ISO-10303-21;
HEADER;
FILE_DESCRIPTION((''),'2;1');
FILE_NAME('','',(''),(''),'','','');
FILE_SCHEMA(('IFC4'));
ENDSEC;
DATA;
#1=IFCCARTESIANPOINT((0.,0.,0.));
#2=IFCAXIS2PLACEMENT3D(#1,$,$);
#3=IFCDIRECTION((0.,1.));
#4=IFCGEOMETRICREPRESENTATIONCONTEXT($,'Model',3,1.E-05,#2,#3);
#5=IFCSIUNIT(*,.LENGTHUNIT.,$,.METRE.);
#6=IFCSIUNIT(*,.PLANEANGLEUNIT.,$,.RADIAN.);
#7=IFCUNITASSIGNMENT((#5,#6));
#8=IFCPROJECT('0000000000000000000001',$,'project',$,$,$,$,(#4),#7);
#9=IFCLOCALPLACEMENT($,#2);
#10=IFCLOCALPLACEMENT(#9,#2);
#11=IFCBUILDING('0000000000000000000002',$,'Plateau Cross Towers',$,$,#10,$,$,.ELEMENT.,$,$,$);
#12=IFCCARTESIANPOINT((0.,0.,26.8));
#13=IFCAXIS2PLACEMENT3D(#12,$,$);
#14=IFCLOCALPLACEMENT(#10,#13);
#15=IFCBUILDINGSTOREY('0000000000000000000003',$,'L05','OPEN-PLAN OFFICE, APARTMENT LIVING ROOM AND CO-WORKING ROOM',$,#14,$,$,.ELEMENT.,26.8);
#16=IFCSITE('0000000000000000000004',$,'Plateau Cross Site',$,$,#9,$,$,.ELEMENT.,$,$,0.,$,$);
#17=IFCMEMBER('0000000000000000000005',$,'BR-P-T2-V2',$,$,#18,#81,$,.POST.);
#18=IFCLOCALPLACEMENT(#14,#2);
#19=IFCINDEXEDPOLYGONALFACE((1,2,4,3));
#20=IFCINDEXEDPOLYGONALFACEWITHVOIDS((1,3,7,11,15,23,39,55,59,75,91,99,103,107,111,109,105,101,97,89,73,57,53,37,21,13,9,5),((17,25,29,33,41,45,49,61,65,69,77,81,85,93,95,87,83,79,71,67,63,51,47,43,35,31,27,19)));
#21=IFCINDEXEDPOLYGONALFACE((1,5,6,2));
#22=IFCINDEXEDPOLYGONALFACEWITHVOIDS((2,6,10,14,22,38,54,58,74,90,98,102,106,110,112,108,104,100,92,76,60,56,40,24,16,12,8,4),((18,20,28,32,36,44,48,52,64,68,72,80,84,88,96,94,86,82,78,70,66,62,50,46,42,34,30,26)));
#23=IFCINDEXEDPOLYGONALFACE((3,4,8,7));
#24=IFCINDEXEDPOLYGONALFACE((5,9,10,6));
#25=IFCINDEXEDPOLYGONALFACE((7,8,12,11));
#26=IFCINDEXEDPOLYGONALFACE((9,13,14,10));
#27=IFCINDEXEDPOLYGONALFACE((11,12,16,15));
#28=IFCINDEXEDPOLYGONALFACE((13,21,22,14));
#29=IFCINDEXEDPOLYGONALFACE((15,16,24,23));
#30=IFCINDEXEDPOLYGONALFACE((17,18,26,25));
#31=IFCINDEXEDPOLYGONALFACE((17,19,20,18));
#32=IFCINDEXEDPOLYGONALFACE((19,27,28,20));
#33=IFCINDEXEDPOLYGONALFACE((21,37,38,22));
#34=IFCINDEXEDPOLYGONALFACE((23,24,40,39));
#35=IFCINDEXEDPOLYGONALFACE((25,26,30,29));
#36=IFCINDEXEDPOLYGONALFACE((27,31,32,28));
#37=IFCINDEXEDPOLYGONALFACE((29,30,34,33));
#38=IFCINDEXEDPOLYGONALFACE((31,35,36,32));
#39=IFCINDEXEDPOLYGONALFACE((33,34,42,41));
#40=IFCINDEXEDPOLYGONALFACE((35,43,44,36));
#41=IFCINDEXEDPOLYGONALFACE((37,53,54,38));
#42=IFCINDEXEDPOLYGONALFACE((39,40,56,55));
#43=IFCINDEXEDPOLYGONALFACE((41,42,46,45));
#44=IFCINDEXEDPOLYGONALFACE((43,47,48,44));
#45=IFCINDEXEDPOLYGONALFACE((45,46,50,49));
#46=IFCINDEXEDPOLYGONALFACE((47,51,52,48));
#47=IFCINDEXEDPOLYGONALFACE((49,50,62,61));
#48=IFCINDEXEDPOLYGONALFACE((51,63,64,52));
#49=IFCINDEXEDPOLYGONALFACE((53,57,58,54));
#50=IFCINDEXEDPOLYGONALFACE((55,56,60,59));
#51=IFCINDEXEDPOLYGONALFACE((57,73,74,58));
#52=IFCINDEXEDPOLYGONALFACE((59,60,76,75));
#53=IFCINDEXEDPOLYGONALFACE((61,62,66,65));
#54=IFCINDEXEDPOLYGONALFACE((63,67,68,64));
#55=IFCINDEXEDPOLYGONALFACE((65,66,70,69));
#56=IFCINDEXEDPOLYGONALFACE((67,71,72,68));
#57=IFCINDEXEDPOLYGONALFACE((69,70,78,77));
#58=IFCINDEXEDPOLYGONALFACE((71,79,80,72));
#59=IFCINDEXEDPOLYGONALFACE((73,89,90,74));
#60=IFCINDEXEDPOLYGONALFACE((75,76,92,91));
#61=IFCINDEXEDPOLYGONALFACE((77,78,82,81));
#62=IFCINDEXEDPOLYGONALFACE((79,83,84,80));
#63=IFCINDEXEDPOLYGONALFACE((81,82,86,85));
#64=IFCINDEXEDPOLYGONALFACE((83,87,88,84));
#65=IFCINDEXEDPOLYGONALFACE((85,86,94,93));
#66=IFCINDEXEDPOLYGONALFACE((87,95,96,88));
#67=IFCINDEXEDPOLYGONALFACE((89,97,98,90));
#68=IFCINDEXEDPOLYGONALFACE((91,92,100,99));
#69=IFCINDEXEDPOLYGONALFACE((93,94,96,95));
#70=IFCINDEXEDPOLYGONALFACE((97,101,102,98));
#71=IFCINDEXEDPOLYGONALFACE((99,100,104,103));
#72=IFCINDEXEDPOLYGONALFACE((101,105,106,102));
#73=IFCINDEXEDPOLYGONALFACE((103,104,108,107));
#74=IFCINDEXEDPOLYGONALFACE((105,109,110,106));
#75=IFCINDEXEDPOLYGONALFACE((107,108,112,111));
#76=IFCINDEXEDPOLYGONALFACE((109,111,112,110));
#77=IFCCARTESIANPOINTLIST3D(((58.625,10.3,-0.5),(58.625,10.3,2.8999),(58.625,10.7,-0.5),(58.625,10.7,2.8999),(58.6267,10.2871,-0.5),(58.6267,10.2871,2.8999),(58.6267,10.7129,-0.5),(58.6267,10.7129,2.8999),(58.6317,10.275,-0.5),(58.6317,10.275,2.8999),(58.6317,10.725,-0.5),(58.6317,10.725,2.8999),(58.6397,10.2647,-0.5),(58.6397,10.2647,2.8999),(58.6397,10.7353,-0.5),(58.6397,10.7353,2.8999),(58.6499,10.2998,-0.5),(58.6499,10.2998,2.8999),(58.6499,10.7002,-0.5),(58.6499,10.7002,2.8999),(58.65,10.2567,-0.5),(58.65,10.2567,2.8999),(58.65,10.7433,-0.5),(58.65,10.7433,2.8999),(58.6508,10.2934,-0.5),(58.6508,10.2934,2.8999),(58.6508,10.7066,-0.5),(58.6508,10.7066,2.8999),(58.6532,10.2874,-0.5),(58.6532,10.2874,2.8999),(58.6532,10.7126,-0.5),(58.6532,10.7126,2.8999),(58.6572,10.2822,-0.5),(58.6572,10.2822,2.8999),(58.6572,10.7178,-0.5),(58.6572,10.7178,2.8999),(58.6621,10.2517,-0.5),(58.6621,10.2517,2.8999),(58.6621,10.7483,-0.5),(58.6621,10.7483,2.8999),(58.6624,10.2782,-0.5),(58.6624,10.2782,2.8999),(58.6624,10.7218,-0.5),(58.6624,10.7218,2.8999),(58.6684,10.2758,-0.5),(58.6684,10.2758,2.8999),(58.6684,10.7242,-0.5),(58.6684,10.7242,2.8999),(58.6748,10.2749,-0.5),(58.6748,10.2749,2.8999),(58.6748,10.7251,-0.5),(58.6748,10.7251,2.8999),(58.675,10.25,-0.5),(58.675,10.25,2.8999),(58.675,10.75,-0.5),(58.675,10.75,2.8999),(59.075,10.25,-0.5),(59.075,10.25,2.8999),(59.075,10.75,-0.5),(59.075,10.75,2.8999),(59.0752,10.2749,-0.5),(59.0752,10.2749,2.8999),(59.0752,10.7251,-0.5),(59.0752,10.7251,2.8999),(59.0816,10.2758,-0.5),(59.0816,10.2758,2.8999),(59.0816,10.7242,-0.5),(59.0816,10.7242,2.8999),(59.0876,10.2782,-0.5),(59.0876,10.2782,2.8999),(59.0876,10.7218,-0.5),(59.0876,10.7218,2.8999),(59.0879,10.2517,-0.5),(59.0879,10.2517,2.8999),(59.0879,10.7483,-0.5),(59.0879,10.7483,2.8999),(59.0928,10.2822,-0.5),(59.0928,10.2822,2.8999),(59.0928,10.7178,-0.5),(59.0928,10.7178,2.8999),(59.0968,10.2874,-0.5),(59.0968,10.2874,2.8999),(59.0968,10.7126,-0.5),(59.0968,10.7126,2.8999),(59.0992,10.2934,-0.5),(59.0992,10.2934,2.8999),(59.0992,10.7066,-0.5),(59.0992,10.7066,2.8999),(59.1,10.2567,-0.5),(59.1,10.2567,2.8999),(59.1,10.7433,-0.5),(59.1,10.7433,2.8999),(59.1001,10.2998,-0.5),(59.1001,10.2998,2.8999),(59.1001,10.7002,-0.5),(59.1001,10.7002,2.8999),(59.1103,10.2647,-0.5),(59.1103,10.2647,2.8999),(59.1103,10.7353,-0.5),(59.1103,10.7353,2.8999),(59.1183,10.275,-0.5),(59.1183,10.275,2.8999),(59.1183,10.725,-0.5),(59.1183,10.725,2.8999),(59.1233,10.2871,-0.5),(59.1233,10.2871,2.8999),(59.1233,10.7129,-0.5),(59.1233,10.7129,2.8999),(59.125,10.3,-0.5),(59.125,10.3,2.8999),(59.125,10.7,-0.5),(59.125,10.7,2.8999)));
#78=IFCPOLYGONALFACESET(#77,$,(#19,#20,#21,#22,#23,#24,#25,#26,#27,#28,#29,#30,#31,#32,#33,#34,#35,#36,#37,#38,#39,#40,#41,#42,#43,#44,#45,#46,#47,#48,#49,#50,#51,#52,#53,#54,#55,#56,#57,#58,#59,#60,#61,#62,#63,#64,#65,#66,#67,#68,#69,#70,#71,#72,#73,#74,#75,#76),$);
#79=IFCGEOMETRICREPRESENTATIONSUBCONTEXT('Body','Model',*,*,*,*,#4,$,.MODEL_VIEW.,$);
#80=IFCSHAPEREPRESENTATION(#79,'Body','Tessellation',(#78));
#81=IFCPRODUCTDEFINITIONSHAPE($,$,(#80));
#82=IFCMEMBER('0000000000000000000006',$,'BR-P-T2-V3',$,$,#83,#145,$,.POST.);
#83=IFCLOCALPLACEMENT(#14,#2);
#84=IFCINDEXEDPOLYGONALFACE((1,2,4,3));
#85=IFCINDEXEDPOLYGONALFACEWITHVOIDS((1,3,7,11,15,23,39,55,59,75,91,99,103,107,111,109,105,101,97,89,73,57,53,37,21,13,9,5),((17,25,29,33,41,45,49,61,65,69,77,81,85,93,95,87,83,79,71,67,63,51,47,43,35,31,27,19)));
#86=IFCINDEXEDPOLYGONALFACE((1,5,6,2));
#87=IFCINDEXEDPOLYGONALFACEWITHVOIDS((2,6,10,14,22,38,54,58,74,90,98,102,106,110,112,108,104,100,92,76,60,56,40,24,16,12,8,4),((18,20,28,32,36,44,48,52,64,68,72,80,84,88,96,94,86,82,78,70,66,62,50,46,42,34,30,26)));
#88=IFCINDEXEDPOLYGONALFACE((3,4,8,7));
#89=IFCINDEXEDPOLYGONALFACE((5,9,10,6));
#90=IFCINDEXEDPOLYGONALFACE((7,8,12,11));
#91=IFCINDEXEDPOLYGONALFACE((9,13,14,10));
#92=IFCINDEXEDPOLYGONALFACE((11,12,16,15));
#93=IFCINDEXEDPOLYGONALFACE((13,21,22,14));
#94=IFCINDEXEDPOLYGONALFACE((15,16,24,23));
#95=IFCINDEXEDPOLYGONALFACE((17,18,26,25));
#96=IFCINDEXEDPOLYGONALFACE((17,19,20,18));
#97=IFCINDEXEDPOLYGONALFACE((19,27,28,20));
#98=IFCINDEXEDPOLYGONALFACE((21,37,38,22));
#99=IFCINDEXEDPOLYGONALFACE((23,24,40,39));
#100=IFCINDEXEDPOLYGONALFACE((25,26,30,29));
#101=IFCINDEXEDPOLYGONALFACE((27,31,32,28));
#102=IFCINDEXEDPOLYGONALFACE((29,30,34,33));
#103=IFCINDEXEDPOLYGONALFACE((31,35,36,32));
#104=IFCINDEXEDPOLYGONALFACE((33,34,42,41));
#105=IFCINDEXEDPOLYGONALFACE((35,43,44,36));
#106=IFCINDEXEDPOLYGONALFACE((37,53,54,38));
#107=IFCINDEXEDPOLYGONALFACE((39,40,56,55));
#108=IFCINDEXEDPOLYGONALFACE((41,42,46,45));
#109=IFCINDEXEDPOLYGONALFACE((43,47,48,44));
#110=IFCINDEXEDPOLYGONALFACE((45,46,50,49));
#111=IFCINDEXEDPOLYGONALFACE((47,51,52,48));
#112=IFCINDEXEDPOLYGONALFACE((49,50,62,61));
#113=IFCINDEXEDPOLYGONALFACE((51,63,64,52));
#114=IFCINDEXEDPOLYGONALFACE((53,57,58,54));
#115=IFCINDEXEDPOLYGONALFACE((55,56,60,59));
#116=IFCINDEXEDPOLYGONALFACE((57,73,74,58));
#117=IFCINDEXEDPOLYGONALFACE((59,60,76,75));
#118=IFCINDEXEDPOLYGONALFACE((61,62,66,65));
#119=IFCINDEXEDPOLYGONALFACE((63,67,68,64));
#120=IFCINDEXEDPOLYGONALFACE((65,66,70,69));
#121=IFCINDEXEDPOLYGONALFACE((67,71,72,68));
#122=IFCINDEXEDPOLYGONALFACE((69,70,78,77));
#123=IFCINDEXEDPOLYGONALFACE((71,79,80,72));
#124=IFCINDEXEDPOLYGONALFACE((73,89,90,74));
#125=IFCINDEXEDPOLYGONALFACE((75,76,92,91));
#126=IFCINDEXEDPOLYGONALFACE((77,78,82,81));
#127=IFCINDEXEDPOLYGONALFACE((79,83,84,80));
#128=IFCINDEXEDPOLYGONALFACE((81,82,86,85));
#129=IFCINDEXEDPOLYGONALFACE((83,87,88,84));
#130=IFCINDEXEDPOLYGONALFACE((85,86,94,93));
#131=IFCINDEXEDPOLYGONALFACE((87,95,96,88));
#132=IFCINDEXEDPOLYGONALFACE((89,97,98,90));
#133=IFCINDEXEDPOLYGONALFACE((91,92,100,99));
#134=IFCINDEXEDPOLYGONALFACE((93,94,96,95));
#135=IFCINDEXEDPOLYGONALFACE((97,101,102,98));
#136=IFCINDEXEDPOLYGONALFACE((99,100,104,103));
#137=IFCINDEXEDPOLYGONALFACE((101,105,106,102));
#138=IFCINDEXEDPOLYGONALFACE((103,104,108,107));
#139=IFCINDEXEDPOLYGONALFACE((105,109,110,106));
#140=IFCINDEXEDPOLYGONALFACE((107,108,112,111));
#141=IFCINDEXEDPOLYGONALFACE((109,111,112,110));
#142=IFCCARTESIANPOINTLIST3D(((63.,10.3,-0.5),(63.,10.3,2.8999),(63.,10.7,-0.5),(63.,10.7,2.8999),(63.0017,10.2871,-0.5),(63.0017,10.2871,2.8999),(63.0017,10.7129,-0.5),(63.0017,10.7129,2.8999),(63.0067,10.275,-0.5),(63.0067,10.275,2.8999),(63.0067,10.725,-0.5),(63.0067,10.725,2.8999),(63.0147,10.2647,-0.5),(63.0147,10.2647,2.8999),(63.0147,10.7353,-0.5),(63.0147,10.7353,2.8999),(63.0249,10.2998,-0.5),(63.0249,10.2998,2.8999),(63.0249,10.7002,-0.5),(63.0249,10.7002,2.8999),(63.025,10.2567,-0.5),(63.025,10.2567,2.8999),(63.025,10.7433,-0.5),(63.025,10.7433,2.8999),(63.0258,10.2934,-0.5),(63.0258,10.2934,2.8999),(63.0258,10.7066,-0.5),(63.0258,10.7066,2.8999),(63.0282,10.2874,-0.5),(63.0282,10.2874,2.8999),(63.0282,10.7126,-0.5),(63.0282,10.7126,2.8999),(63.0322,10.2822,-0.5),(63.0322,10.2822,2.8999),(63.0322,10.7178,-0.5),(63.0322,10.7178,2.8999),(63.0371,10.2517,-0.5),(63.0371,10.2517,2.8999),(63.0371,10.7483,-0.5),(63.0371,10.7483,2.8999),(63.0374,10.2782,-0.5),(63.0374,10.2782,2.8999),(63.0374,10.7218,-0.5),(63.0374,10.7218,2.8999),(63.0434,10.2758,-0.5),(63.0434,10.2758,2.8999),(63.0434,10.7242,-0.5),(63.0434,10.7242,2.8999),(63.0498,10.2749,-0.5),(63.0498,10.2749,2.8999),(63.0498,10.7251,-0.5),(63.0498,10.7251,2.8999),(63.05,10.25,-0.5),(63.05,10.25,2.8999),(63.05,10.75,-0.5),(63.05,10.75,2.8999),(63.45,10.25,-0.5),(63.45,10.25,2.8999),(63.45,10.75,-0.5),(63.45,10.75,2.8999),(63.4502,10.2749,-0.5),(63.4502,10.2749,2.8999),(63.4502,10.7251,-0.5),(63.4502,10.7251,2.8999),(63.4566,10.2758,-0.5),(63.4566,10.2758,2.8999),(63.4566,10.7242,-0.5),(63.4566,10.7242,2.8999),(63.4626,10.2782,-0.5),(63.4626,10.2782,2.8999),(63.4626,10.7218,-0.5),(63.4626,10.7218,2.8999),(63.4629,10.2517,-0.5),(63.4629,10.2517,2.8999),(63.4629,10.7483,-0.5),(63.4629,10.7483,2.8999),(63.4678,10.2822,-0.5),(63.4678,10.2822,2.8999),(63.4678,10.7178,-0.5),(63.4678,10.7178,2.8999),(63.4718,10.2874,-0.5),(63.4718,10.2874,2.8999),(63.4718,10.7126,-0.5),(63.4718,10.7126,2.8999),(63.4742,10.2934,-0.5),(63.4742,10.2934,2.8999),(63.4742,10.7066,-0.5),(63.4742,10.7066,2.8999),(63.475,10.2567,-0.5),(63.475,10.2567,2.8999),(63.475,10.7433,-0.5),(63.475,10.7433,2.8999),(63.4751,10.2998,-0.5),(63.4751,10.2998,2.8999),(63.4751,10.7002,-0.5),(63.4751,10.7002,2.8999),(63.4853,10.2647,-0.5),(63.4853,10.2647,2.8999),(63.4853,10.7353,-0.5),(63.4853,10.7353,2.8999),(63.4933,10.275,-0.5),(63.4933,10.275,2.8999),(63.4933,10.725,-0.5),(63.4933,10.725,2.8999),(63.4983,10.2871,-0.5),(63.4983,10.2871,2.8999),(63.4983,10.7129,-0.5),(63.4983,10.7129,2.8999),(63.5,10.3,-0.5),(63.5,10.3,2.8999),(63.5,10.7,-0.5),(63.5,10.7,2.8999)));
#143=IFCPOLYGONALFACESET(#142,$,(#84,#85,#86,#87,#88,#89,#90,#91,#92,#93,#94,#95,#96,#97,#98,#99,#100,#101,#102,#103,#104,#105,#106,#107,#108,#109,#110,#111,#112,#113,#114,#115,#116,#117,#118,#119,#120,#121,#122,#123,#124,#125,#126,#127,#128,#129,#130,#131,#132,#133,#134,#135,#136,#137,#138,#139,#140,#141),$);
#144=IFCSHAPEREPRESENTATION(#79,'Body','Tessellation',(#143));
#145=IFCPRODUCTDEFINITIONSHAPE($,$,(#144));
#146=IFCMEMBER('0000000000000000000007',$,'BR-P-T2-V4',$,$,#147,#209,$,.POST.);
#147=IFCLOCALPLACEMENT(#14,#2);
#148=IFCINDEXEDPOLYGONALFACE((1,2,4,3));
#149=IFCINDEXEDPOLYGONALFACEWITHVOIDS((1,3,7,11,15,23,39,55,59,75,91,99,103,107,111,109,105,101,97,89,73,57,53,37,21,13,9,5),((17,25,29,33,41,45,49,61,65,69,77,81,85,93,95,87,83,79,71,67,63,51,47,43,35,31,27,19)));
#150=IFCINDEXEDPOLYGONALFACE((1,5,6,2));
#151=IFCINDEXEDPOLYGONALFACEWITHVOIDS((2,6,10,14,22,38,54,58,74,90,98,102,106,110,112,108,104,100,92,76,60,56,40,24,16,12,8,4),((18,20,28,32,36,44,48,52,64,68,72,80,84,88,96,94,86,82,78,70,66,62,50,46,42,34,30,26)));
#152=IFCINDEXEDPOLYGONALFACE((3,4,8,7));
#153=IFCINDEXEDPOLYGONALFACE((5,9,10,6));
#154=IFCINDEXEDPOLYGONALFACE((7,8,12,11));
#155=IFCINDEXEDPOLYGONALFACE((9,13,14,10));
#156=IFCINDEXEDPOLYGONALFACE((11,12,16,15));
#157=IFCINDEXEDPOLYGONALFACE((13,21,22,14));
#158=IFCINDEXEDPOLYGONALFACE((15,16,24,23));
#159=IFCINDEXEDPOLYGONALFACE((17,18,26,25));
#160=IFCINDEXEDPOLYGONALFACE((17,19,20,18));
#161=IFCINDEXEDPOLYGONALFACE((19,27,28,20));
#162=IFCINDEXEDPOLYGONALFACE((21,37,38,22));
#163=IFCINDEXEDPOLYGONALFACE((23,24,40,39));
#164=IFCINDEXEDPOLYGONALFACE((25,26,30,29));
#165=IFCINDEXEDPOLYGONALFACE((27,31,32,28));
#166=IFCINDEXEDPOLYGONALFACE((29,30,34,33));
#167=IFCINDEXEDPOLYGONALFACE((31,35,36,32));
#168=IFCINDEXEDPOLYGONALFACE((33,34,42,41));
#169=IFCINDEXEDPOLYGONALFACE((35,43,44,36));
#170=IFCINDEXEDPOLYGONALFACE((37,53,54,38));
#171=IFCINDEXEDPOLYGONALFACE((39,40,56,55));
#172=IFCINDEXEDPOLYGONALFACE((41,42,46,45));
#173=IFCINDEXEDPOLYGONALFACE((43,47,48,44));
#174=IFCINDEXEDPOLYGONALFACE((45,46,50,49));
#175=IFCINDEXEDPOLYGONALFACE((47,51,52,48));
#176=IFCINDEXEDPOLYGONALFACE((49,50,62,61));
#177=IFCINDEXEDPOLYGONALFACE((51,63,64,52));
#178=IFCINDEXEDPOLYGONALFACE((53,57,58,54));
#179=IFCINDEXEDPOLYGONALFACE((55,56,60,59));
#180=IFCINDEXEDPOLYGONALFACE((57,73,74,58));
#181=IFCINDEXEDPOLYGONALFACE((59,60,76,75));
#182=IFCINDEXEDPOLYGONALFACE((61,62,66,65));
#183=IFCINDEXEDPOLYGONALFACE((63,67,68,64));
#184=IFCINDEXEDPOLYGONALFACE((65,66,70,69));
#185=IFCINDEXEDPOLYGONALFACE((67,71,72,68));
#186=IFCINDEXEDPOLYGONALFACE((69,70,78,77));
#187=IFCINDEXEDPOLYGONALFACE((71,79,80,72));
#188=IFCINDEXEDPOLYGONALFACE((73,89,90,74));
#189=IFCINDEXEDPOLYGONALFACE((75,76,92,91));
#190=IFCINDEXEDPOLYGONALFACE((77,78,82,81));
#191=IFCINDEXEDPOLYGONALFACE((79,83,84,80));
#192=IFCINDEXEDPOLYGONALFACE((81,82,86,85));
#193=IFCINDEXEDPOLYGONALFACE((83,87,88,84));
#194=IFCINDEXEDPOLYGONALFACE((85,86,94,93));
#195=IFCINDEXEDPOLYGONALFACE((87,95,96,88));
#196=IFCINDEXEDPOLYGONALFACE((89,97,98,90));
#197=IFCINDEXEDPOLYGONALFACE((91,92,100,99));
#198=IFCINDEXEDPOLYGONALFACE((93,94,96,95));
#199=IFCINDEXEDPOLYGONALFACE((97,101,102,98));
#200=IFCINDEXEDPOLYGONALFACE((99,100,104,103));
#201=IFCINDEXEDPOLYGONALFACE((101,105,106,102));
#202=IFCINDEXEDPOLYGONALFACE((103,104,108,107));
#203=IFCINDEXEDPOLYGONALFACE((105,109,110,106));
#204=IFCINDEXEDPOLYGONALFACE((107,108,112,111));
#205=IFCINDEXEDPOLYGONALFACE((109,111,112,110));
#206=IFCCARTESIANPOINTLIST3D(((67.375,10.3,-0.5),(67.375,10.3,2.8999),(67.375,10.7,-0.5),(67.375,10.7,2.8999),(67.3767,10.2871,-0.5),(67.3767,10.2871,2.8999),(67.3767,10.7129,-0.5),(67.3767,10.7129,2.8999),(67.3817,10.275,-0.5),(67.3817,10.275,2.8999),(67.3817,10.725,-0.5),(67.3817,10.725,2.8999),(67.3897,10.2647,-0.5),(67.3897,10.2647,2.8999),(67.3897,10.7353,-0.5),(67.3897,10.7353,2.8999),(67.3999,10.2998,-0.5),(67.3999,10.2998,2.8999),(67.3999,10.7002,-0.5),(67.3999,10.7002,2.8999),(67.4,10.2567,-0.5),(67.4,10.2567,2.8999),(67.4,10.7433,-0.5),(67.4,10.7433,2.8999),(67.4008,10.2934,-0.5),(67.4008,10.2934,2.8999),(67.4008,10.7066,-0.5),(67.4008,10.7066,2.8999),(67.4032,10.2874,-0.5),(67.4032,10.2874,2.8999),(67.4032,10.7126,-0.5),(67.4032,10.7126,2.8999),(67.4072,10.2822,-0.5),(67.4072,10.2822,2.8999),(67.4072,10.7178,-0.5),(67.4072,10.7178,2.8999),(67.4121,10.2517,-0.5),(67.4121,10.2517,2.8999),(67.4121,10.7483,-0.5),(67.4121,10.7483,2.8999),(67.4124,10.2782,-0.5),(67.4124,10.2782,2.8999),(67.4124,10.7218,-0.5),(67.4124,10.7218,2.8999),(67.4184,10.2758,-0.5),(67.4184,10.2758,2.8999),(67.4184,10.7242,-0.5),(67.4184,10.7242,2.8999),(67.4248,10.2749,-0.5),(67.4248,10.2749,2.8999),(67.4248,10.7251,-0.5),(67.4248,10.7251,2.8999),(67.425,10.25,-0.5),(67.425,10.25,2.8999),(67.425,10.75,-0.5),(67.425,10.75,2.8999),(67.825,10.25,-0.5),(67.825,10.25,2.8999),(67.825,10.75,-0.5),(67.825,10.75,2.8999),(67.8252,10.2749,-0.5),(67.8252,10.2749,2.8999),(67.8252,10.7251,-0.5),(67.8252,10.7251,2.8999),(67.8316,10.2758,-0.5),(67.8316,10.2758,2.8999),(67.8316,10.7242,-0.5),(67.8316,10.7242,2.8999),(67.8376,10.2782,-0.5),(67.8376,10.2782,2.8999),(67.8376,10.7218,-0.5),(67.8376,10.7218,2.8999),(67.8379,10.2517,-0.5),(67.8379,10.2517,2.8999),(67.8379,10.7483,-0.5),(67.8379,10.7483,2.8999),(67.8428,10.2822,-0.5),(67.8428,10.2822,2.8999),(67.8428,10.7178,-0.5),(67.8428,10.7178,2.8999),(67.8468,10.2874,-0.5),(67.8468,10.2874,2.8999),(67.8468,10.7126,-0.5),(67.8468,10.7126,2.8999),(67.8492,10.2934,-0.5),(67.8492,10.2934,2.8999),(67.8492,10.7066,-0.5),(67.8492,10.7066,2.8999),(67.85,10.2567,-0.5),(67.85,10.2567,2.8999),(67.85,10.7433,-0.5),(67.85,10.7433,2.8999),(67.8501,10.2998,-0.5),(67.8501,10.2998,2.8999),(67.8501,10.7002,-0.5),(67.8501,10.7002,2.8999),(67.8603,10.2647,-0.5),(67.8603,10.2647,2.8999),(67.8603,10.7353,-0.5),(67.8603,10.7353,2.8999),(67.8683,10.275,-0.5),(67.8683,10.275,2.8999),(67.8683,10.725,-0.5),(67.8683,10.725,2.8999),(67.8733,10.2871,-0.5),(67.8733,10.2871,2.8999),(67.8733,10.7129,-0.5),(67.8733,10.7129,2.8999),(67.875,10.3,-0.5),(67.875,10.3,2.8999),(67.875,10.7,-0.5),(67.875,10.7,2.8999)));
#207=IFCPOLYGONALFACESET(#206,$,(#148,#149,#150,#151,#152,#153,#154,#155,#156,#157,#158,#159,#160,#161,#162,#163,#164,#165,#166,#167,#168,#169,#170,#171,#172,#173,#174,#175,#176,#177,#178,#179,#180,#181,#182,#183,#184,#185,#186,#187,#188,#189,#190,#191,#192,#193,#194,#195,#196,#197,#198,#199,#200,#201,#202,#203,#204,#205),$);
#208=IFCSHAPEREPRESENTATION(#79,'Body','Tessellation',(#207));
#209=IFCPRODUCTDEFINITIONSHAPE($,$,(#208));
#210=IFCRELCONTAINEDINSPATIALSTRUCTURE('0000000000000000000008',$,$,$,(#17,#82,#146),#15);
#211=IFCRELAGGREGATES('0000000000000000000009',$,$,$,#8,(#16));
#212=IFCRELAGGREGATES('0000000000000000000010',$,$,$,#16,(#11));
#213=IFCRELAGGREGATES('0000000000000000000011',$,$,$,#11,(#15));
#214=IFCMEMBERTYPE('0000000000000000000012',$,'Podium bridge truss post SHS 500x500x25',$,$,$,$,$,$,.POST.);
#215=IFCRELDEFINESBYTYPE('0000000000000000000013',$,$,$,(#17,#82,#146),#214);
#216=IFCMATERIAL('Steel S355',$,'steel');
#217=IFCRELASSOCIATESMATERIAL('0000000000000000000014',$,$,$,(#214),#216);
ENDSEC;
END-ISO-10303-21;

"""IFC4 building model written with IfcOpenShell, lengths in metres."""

from ifc_helpers import new_model, si_unit, direction, frame, origin, origin_2d, place, context, subcontext, project, spatial, hollow_rectangle, extrude, material, material_profile, profile_set, type_object, element, save


model = new_model("IFC4")

# Units and contexts
model_context = context("Model", 3, precision=1e-05, world=origin(), true_north=direction((0.0, 1.0)))
body_context = subcontext(model_context, "Body", "Model", "MODEL_VIEW")
ifc_project = project(units=[si_unit("LENGTHUNIT", "METRE"), si_unit("PLANEANGLEUNIT", "RADIAN")], contexts=[model_context])

# Site, building, storey
site_placement = place(None, origin())
site = spatial("IfcSite", under=ifc_project, at=site_placement, Name="Plateau Cross Site", CompositionType="ELEMENT", RefElevation=0.0)
building_placement = place(site_placement, origin())
building = spatial("IfcBuilding", under=site, at=building_placement, Name="Plateau Cross Towers", CompositionType="ELEMENT")
storey_placement = place(building_placement, frame((0.0, 0.0, 26.8)))
storey = spatial("IfcBuildingStorey", under=building, at=storey_placement, Name="L05", Description="OPEN-PLAN OFFICE, APARTMENT LIVING ROOM AND CO-WORKING ROOM", CompositionType="ELEMENT", Elevation=26.8)

# Shared definitions
ifc_material_1 = material(Name="Steel S355", Category="steel")

# Members
ifc_material_profile_1 = material_profile(ifc_material_1, hollow_rectangle(XDim=0.5, YDim=0.5, WallThickness=0.0249, InnerFilletRadius=0.0249, OuterFilletRadius=0.05, at=origin_2d()), Name="SHS 500x500x25")
ifc_profile_set_1 = profile_set([ifc_material_profile_1], Name="Steel S355")
member_type_1 = type_object("IfcMemberType", Name="Podium bridge truss post SHS 500x500x25", PredefinedType="POST", material=ifc_profile_set_1)
for number, where, z_axis, x_axis, name in (
    (1, (58.875, 10.5, -0.5), (0.0, 0.0, 1.0), (1.0, 0.0, 0.0), "BR-P-T2-V2"),
    (2, (63.25, 10.5, -0.5), (0.0, 0.0, 1.0), (1.0, 0.0, 0.0), "BR-P-T2-V3"),
    (3, (67.625, 10.5, -0.5), (0.0, 0.0, 1.0), (1.0, 0.0, 0.0), "BR-P-T2-V4"),
):
    element("IfcMember", number, at=place(storey_placement, frame(where, z_axis=z_axis, x_axis=x_axis)), inside=storey, type_object=member_type_1, Name=name, PredefinedType="POST", context=body_context, shape_type="SweptSolid", body=[
        extrude(hollow_rectangle(XDim=0.5, YDim=0.5, WallThickness=0.0249, InnerFilletRadius=0.0249, OuterFilletRadius=0.05, at=origin_2d()), origin(), (0.0, 0.0, 1.0), 3.3999),
    ])

save(model, "model.ifc")
